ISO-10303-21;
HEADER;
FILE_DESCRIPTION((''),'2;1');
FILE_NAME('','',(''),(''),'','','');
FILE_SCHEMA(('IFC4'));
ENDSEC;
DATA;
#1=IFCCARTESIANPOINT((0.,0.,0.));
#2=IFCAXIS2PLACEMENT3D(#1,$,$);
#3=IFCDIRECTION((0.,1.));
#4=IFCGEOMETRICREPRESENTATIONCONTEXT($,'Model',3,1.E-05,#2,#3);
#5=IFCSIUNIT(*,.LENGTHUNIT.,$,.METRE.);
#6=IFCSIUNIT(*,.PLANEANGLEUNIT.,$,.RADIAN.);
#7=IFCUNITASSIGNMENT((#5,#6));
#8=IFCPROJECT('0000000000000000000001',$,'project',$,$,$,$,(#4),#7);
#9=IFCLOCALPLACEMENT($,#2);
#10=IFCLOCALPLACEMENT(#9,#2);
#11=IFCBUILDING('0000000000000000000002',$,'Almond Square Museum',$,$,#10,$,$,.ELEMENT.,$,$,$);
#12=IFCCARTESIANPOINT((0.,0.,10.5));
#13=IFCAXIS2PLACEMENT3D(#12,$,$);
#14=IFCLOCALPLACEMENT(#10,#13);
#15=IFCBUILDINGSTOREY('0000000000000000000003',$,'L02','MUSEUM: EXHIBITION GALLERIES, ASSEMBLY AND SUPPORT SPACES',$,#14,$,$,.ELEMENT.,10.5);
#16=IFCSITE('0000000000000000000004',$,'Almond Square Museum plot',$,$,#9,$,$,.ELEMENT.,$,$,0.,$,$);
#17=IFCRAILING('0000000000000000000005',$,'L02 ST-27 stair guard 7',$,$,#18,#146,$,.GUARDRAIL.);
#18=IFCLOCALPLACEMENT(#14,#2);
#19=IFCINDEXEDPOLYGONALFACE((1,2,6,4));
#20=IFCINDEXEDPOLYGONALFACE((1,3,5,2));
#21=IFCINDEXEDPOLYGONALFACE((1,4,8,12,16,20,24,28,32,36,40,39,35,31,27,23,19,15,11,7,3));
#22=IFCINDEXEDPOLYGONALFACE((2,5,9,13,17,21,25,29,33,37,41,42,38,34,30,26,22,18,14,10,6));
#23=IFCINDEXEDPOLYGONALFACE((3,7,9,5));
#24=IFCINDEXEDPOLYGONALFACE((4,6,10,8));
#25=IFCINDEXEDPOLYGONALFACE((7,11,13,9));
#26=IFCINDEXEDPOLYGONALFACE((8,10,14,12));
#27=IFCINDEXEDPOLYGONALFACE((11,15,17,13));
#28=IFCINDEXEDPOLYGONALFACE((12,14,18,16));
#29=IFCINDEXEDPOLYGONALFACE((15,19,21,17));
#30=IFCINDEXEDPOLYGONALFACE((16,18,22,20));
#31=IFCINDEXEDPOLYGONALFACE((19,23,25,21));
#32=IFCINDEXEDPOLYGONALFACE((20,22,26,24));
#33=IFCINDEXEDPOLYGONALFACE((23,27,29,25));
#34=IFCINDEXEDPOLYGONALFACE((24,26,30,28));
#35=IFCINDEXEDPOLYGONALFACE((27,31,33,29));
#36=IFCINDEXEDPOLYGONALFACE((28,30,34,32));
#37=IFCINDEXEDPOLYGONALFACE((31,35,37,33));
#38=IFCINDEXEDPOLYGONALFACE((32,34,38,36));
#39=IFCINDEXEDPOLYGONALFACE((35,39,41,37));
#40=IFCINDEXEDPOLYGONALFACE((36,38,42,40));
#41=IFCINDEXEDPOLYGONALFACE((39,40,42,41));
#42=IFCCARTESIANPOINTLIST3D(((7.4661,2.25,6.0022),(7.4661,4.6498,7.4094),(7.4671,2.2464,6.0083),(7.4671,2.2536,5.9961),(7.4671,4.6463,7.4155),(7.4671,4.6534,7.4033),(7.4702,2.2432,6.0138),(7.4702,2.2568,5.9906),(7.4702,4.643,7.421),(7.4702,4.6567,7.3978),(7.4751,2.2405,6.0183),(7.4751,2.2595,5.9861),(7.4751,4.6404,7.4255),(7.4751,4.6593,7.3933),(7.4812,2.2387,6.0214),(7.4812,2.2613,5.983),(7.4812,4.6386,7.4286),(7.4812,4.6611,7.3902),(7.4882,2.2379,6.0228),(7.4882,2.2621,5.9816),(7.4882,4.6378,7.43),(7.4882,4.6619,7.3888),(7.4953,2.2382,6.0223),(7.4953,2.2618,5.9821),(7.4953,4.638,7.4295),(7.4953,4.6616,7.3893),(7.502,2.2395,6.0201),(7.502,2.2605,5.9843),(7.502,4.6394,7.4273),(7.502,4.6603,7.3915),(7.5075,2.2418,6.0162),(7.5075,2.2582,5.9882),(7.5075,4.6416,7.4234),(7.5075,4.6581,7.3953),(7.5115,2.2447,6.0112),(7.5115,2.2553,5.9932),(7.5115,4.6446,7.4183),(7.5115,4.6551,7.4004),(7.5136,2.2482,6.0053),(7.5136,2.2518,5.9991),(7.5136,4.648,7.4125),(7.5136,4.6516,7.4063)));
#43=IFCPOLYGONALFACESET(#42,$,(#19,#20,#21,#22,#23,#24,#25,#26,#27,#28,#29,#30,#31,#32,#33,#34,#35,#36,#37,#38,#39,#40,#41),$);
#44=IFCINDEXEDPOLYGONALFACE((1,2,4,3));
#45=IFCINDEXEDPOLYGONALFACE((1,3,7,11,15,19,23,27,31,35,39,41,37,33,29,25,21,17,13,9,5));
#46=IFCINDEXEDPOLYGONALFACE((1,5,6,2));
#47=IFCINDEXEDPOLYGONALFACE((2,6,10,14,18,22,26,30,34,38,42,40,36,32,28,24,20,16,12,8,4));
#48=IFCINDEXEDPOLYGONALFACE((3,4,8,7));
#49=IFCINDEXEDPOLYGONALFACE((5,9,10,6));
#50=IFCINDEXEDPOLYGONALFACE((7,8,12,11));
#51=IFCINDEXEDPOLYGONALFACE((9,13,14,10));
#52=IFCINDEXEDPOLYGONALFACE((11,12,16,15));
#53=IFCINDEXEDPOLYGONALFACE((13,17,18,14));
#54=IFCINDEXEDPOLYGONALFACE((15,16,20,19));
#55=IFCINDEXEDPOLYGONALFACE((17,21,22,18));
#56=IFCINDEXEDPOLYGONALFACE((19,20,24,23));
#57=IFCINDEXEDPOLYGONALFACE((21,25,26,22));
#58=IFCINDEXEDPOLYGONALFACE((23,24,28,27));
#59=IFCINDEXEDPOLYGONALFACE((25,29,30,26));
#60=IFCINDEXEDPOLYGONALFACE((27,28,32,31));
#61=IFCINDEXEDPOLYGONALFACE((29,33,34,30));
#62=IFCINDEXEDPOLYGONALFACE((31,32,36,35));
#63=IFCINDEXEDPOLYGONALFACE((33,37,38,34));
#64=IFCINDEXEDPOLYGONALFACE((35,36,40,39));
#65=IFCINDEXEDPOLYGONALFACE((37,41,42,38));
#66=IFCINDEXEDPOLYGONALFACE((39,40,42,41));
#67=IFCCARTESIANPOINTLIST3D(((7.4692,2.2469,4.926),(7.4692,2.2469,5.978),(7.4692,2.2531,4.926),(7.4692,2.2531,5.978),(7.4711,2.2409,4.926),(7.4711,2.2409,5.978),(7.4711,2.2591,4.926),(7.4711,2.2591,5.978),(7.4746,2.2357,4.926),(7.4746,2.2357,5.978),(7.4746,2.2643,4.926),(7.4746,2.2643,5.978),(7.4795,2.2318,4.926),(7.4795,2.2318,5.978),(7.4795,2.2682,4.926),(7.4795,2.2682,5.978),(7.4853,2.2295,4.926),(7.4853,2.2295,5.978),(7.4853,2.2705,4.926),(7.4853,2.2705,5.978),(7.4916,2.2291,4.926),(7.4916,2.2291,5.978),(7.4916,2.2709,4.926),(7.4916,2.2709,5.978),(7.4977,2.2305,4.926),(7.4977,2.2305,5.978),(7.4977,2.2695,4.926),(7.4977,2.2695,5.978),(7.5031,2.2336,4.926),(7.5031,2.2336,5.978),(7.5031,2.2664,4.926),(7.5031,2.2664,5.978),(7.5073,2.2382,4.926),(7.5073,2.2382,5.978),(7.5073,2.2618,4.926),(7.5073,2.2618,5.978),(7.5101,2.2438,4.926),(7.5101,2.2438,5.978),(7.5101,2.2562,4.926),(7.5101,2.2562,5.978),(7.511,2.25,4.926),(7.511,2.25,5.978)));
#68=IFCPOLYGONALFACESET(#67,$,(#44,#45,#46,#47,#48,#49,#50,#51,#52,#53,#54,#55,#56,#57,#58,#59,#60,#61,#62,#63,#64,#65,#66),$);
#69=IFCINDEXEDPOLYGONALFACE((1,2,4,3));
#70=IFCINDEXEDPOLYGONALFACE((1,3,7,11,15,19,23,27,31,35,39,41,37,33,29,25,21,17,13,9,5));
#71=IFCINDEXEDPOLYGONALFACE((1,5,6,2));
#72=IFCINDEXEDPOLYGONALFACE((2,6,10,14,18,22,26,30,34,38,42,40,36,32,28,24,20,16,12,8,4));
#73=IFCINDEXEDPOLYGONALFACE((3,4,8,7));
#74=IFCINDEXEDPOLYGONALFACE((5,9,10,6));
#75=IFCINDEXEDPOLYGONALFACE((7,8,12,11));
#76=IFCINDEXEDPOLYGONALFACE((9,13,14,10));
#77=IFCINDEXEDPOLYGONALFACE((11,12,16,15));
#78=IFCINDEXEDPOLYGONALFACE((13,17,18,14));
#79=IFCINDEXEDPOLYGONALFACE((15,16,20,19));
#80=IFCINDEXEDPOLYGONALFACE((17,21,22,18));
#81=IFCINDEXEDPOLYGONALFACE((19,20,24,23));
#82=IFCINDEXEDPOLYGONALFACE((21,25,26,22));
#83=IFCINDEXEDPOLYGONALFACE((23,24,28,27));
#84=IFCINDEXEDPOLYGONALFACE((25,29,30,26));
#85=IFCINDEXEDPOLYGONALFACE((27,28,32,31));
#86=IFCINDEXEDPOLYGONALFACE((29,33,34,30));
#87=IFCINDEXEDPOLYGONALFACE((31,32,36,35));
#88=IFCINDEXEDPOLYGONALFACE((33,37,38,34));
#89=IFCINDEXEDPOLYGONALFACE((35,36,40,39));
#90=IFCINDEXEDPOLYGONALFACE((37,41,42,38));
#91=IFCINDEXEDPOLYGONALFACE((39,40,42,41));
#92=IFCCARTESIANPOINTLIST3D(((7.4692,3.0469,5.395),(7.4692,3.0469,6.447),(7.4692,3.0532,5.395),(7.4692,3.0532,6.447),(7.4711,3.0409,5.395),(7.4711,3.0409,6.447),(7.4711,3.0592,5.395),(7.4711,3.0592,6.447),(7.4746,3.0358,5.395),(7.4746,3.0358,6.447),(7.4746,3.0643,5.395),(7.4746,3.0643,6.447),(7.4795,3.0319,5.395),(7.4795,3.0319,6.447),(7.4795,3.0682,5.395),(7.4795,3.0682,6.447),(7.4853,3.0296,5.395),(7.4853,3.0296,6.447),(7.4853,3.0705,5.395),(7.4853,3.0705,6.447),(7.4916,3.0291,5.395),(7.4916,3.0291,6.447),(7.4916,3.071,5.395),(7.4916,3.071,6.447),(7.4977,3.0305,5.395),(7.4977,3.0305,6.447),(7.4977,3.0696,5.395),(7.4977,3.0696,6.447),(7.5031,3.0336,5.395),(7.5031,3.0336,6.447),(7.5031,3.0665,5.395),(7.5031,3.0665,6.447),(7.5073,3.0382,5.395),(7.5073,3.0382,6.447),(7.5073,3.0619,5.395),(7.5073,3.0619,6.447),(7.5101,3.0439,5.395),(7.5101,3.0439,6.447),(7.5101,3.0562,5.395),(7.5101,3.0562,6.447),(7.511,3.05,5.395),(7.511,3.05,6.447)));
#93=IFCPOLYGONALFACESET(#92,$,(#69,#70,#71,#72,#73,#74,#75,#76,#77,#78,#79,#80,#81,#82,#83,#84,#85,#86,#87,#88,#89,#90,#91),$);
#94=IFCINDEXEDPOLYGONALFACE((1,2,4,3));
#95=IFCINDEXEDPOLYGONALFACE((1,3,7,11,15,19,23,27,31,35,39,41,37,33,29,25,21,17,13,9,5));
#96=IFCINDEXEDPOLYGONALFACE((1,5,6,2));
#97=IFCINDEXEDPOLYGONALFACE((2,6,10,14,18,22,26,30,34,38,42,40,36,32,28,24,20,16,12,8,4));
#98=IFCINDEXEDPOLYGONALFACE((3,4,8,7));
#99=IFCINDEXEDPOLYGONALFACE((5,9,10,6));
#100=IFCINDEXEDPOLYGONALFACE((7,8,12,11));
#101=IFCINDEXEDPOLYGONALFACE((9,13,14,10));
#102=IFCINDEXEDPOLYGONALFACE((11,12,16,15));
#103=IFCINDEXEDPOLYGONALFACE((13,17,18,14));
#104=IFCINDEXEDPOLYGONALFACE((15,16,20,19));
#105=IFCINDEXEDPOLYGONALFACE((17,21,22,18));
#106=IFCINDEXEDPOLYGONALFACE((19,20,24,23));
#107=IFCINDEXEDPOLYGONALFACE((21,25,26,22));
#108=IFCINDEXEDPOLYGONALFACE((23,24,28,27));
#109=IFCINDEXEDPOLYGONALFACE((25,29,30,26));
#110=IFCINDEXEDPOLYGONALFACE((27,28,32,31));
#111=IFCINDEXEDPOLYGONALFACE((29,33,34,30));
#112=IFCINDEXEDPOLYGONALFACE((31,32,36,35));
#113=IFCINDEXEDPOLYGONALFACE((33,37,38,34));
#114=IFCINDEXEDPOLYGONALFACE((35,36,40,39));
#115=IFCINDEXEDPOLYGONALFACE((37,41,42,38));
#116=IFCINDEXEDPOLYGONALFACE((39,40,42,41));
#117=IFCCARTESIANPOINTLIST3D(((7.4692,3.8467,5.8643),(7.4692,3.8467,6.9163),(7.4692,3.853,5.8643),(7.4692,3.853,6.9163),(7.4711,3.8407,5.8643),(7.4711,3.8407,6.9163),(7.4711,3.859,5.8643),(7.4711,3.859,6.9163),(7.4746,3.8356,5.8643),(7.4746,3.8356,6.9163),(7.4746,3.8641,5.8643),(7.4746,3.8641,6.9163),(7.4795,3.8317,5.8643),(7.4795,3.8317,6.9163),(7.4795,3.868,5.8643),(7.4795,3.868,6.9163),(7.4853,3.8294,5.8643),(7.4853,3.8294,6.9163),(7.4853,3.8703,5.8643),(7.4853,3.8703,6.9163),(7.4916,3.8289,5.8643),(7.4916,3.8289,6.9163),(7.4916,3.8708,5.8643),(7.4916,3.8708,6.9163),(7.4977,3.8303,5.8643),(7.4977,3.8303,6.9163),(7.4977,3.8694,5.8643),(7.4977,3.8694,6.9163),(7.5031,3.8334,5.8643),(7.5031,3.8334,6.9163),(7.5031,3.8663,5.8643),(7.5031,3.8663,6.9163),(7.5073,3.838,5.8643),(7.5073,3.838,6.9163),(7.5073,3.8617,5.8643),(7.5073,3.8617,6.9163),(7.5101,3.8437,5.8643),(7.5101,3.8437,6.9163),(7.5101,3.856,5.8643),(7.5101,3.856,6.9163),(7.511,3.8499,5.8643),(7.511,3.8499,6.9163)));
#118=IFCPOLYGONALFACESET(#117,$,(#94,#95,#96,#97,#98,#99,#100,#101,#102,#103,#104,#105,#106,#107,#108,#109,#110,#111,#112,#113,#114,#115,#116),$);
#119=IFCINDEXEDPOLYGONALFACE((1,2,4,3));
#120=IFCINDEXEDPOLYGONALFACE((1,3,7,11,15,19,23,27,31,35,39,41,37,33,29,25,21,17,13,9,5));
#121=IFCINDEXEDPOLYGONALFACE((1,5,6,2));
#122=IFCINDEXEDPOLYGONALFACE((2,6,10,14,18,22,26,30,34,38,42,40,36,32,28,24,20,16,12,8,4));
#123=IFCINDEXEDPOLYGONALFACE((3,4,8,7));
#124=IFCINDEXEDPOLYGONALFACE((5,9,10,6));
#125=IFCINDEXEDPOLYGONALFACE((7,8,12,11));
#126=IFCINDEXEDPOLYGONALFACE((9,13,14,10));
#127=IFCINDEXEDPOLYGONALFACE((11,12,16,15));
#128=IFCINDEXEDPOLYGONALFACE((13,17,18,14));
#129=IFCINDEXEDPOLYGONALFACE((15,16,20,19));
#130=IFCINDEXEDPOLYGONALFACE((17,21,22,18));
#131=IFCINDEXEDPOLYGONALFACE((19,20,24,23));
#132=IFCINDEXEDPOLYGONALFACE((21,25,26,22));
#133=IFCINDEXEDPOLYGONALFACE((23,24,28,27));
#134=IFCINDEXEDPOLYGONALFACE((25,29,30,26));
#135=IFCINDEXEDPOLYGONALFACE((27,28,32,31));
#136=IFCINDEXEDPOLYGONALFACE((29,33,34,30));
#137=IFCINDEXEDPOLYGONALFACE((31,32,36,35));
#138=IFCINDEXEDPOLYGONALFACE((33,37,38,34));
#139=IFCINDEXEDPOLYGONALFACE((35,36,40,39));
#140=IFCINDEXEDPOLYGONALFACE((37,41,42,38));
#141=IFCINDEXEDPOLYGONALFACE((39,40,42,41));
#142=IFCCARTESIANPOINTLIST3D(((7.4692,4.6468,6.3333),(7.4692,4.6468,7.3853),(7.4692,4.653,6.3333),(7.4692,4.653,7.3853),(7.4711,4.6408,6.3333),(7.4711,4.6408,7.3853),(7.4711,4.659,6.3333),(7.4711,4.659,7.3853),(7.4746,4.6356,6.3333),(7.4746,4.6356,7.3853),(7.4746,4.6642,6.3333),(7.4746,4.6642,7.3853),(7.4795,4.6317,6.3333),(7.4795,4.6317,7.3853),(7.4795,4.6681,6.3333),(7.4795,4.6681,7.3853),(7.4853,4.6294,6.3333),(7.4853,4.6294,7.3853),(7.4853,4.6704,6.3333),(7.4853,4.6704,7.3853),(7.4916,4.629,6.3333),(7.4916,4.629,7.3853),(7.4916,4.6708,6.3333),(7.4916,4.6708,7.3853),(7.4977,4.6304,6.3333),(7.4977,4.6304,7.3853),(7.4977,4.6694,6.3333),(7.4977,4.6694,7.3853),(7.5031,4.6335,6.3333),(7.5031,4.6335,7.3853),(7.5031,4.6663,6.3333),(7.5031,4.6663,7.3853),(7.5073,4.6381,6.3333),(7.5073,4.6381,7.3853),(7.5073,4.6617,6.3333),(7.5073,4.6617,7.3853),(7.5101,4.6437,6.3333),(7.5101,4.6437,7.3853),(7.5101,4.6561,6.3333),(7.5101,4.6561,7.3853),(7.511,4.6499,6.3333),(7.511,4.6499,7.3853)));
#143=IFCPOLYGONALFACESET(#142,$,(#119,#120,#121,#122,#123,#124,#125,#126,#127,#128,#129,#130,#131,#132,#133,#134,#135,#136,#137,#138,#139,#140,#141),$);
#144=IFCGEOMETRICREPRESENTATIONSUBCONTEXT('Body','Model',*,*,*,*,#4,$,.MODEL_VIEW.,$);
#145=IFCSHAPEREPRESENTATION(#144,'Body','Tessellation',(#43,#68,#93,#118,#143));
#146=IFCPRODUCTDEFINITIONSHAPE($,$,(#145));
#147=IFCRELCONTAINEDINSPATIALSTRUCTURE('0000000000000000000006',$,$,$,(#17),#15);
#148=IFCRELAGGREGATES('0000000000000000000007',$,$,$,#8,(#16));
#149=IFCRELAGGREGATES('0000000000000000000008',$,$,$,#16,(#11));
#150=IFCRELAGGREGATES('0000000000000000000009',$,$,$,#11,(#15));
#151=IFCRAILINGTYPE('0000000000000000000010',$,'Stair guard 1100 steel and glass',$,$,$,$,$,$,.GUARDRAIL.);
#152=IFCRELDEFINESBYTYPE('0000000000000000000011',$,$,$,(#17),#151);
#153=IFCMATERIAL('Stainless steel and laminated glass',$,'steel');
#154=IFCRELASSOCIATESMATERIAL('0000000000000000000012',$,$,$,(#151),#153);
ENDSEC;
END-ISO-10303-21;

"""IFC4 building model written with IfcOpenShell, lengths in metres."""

from ifc_helpers import new_model, si_unit, direction, frame, origin, origin_2d, place, context, subcontext, project, spatial, circle, extrude, material, type_object, element, save


model = new_model("IFC4")

# Units and contexts
model_context = context("Model", 3, precision=1e-05, world=origin(), true_north=direction((0.0, 1.0)))
body_context = subcontext(model_context, "Body", "Model", "MODEL_VIEW")
ifc_project = project(units=[si_unit("LENGTHUNIT", "METRE"), si_unit("PLANEANGLEUNIT", "RADIAN")], contexts=[model_context])

# Site, building, storey
site_placement = place(None, origin())
site = spatial("IfcSite", under=ifc_project, at=site_placement, Name="Almond Square Museum plot", CompositionType="ELEMENT", RefElevation=0.0)
building_placement = place(site_placement, origin())
building = spatial("IfcBuilding", under=site, at=building_placement, Name="Almond Square Museum", CompositionType="ELEMENT")
storey_placement = place(building_placement, frame((0.0, 0.0, 10.5)))
storey = spatial("IfcBuildingStorey", under=building, at=storey_placement, Name="L02", Description="MUSEUM: EXHIBITION GALLERIES, ASSEMBLY AND SUPPORT SPACES", CompositionType="ELEMENT", Elevation=10.5)

# Railing
ifc_material_1 = material(Name="Stainless steel and laminated glass", Category="steel")
railing_type_1 = type_object("IfcRailingType", Name="Stair guard 1100 steel and glass", PredefinedType="GUARDRAIL", material=ifc_material_1)
railing_1_placement = place(storey_placement, frame((7.49, 2.25, 4.926)))
element("IfcRailing", 1, at=railing_1_placement, inside=storey, type_object=railing_type_1, Name="L02 ST-27 stair guard 7", PredefinedType="GUARDRAIL", context=body_context, shape_type="SweptSolid", body=[
    extrude(circle(Radius=0.0239, at=origin_2d()), frame((0.0, 0.0, 1.0762), z_axis=(0.0, 0.862637, 0.505823), x_axis=(-1.0, 0.0, 0.0)), (0.0, 0.0, 1.0), 2.782),
    extrude(circle(Radius=0.021, at=origin_2d()), origin(), (0.0, 0.0, 1.0), 1.052),
    extrude(circle(Radius=0.021, at=origin_2d()), frame((0.0, 0.8, 0.469)), (0.0, 0.0, 1.0), 1.052),
    extrude(circle(Radius=0.021, at=origin_2d()), frame((0.0, 1.5999, 0.9382)), (0.0, 0.0, 1.0), 1.052),
    extrude(circle(Radius=0.021, at=origin_2d()), frame((0.0, 2.3999, 1.4072)), (0.0, 0.0, 1.0), 1.052),
])

save(model, "model.ifc")
